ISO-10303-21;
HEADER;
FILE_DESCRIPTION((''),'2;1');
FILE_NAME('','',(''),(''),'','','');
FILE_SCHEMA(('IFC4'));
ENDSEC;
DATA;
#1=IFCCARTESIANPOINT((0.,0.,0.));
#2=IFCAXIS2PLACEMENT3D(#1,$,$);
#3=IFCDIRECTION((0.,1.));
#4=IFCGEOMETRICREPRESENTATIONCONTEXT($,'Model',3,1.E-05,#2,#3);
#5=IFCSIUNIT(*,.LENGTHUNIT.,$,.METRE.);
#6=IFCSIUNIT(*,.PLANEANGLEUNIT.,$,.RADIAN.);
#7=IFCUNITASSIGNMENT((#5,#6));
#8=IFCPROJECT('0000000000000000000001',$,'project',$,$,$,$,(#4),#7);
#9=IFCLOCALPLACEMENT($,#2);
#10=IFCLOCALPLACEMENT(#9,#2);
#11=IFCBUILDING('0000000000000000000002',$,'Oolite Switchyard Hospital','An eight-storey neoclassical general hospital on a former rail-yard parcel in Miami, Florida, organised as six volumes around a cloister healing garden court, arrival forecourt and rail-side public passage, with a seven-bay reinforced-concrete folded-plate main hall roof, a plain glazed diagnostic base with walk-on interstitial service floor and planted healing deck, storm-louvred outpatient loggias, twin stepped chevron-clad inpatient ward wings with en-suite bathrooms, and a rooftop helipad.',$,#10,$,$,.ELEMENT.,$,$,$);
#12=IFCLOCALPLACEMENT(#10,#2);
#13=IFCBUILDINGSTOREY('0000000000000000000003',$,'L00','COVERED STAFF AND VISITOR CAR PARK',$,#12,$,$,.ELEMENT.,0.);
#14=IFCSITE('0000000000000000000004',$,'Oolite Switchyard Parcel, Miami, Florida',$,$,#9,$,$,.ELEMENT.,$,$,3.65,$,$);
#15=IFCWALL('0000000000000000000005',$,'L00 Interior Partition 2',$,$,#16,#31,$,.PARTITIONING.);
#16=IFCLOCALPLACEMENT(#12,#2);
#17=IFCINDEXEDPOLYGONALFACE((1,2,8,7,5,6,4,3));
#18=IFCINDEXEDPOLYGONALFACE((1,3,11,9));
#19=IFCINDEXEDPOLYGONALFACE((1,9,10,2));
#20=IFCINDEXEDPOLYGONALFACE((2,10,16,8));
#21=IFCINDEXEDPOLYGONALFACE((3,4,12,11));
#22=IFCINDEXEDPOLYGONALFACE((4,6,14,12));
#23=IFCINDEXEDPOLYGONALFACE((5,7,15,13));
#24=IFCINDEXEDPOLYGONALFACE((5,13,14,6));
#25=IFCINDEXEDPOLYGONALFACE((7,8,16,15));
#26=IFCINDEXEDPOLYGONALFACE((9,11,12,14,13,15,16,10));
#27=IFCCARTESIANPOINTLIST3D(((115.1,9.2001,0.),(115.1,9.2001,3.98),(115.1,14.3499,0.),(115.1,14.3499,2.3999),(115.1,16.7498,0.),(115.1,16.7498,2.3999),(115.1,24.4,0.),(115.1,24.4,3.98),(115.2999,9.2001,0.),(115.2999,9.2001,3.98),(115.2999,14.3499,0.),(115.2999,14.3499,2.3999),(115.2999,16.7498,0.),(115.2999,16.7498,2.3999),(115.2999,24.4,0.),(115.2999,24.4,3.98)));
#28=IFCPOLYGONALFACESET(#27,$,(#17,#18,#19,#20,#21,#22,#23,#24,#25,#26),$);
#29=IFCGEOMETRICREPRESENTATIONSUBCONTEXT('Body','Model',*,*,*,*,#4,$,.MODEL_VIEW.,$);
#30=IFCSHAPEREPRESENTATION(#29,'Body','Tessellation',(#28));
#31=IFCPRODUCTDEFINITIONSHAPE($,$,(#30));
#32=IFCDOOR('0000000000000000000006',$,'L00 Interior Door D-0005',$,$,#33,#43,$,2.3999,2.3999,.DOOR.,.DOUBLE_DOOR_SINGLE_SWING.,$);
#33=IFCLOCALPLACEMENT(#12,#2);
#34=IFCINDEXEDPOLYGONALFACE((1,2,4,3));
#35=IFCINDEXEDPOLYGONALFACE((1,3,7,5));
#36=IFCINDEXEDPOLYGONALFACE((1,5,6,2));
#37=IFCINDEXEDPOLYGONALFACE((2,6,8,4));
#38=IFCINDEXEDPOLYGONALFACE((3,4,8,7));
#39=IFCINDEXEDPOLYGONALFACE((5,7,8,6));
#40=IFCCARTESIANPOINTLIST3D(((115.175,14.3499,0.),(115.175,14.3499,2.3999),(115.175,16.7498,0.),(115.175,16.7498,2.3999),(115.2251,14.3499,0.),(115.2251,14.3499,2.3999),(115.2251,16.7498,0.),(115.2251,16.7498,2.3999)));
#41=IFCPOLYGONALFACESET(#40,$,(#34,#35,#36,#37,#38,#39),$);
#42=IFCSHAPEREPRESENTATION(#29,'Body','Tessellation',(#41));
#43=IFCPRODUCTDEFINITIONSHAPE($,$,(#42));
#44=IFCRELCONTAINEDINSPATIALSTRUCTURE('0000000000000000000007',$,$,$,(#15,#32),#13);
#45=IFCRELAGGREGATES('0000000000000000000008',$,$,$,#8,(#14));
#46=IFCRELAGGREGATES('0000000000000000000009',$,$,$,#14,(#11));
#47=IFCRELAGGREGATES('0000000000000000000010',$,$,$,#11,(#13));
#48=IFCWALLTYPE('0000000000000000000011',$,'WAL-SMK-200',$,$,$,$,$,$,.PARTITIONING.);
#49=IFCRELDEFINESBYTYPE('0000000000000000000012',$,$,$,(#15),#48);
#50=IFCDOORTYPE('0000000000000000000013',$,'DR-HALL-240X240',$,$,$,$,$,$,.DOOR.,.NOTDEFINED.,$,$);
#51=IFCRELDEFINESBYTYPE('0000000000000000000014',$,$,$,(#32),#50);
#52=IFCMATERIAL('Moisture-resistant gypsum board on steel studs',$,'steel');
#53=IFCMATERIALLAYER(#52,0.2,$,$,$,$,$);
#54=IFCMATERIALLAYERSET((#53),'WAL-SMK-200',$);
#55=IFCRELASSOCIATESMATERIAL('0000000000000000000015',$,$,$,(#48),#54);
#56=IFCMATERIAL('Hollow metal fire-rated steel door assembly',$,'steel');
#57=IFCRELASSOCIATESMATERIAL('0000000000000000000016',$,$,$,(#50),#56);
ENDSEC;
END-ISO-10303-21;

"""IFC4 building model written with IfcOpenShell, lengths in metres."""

from ifc_helpers import new_model, si_unit, direction, frame, frame_2d, origin, place, context, subcontext, project, spatial, rectangle, extrude, material, layer, layer_set, type_object, element, fill, save


model = new_model("IFC4")

# Units and contexts
model_context = context("Model", 3, precision=1e-05, world=origin(), true_north=direction((0.0, 1.0)))
body_context = subcontext(model_context, "Body", "Model", "MODEL_VIEW")
ifc_project = project(units=[si_unit("LENGTHUNIT", "METRE"), si_unit("PLANEANGLEUNIT", "RADIAN")], contexts=[model_context])

# Site, building, storey
site_placement = place(None, origin())
site = spatial("IfcSite", under=ifc_project, at=site_placement, Name="Oolite Switchyard Parcel, Miami, Florida", CompositionType="ELEMENT", RefElevation=3.65)
building_placement = place(site_placement, origin())
building = spatial("IfcBuilding", under=site, at=building_placement, Name="Oolite Switchyard Hospital", Description="An eight-storey neoclassical general hospital on a former rail-yard parcel in Miami, Florida, organised as six volumes around a cloister healing garden court, arrival forecourt and rail-side public passage, with a seven-bay reinforced-concrete folded-plate main hall roof, a plain glazed diagnostic base with walk-on interstitial service floor and planted healing deck, storm-louvred outpatient loggias, twin stepped chevron-clad inpatient ward wings with en-suite bathrooms, and a rooftop helipad.", CompositionType="ELEMENT")
storey_placement = place(building_placement, origin())
storey = spatial("IfcBuildingStorey", under=building, at=storey_placement, Name="L00", Description="COVERED STAFF AND VISITOR CAR PARK", CompositionType="ELEMENT", Elevation=0.0)

# Wall, opening, door
ifc_material_1 = material(Name="Moisture-resistant gypsum board on steel studs", Category="steel")
ifc_layer_1 = layer(ifc_material_1, 0.2)
ifc_layer_set_1 = layer_set([ifc_layer_1], Name="WAL-SMK-200")
wall_type_1 = type_object("IfcWallType", Name="WAL-SMK-200", PredefinedType="PARTITIONING", material=ifc_layer_set_1)
wall_1_placement = place(storey_placement, frame((115.2, 9.2, 0.0), z_axis=(0.0, 0.0, 1.0), x_axis=(0.0, 1.0, 0.0)))
wall_1 = element("IfcWall", 1, at=wall_1_placement, inside=storey, type_object=wall_type_1, Name="L00 Interior Partition 2", PredefinedType="PARTITIONING", context=body_context, shape_type="SweptSolid", body=[
    extrude(rectangle(XDim=15.2, YDim=0.2, at=frame_2d((7.6001, 0.0))), origin(), (0.0, 0.0, 1.0), 3.98),
])
opening_1_placement = place(wall_1_placement, frame((5.1499, 0.0, 0.0)))
opening_1 = element("IfcOpeningElement", 2, at=opening_1_placement, cuts=wall_1, PredefinedType="OPENING", context=body_context, shape_type="SweptSolid", body=[
    extrude(rectangle(XDim=2.3999, YDim=2.3999, at=frame_2d((1.2, 1.2))), frame((0.0, 0.1099, 0.0), z_axis=(0.0, -1.0, 0.0), x_axis=(1.0, 0.0, 0.0)), (0.0, 0.0, 1.0), 0.22),
])
ifc_material_2 = material(Name="Hollow metal fire-rated steel door assembly", Category="steel")
door_type_1 = type_object("IfcDoorType", Name="DR-HALL-240X240", OperationType="NOTDEFINED", PredefinedType="DOOR", material=ifc_material_2)
door_1_placement = place(opening_1_placement, origin())
door_1 = element("IfcDoor", 3, at=door_1_placement, inside=storey, type_object=door_type_1, Name="L00 Interior Door D-0005", OperationType="DOUBLE_DOOR_SINGLE_SWING", OverallHeight=2.3999, OverallWidth=2.3999, PredefinedType="DOOR", context=body_context, shape_type="SweptSolid", body=[
    extrude(rectangle(XDim=2.3999, YDim=2.3999, at=frame_2d((1.2, 1.2))), frame((0.0, 0.0249, 0.0), z_axis=(0.0, -1.0, 0.0), x_axis=(1.0, 0.0, 0.0)), (0.0, 0.0, 1.0), 0.05),
])
fill(opening_1, door_1)

save(model, "model.ifc")
